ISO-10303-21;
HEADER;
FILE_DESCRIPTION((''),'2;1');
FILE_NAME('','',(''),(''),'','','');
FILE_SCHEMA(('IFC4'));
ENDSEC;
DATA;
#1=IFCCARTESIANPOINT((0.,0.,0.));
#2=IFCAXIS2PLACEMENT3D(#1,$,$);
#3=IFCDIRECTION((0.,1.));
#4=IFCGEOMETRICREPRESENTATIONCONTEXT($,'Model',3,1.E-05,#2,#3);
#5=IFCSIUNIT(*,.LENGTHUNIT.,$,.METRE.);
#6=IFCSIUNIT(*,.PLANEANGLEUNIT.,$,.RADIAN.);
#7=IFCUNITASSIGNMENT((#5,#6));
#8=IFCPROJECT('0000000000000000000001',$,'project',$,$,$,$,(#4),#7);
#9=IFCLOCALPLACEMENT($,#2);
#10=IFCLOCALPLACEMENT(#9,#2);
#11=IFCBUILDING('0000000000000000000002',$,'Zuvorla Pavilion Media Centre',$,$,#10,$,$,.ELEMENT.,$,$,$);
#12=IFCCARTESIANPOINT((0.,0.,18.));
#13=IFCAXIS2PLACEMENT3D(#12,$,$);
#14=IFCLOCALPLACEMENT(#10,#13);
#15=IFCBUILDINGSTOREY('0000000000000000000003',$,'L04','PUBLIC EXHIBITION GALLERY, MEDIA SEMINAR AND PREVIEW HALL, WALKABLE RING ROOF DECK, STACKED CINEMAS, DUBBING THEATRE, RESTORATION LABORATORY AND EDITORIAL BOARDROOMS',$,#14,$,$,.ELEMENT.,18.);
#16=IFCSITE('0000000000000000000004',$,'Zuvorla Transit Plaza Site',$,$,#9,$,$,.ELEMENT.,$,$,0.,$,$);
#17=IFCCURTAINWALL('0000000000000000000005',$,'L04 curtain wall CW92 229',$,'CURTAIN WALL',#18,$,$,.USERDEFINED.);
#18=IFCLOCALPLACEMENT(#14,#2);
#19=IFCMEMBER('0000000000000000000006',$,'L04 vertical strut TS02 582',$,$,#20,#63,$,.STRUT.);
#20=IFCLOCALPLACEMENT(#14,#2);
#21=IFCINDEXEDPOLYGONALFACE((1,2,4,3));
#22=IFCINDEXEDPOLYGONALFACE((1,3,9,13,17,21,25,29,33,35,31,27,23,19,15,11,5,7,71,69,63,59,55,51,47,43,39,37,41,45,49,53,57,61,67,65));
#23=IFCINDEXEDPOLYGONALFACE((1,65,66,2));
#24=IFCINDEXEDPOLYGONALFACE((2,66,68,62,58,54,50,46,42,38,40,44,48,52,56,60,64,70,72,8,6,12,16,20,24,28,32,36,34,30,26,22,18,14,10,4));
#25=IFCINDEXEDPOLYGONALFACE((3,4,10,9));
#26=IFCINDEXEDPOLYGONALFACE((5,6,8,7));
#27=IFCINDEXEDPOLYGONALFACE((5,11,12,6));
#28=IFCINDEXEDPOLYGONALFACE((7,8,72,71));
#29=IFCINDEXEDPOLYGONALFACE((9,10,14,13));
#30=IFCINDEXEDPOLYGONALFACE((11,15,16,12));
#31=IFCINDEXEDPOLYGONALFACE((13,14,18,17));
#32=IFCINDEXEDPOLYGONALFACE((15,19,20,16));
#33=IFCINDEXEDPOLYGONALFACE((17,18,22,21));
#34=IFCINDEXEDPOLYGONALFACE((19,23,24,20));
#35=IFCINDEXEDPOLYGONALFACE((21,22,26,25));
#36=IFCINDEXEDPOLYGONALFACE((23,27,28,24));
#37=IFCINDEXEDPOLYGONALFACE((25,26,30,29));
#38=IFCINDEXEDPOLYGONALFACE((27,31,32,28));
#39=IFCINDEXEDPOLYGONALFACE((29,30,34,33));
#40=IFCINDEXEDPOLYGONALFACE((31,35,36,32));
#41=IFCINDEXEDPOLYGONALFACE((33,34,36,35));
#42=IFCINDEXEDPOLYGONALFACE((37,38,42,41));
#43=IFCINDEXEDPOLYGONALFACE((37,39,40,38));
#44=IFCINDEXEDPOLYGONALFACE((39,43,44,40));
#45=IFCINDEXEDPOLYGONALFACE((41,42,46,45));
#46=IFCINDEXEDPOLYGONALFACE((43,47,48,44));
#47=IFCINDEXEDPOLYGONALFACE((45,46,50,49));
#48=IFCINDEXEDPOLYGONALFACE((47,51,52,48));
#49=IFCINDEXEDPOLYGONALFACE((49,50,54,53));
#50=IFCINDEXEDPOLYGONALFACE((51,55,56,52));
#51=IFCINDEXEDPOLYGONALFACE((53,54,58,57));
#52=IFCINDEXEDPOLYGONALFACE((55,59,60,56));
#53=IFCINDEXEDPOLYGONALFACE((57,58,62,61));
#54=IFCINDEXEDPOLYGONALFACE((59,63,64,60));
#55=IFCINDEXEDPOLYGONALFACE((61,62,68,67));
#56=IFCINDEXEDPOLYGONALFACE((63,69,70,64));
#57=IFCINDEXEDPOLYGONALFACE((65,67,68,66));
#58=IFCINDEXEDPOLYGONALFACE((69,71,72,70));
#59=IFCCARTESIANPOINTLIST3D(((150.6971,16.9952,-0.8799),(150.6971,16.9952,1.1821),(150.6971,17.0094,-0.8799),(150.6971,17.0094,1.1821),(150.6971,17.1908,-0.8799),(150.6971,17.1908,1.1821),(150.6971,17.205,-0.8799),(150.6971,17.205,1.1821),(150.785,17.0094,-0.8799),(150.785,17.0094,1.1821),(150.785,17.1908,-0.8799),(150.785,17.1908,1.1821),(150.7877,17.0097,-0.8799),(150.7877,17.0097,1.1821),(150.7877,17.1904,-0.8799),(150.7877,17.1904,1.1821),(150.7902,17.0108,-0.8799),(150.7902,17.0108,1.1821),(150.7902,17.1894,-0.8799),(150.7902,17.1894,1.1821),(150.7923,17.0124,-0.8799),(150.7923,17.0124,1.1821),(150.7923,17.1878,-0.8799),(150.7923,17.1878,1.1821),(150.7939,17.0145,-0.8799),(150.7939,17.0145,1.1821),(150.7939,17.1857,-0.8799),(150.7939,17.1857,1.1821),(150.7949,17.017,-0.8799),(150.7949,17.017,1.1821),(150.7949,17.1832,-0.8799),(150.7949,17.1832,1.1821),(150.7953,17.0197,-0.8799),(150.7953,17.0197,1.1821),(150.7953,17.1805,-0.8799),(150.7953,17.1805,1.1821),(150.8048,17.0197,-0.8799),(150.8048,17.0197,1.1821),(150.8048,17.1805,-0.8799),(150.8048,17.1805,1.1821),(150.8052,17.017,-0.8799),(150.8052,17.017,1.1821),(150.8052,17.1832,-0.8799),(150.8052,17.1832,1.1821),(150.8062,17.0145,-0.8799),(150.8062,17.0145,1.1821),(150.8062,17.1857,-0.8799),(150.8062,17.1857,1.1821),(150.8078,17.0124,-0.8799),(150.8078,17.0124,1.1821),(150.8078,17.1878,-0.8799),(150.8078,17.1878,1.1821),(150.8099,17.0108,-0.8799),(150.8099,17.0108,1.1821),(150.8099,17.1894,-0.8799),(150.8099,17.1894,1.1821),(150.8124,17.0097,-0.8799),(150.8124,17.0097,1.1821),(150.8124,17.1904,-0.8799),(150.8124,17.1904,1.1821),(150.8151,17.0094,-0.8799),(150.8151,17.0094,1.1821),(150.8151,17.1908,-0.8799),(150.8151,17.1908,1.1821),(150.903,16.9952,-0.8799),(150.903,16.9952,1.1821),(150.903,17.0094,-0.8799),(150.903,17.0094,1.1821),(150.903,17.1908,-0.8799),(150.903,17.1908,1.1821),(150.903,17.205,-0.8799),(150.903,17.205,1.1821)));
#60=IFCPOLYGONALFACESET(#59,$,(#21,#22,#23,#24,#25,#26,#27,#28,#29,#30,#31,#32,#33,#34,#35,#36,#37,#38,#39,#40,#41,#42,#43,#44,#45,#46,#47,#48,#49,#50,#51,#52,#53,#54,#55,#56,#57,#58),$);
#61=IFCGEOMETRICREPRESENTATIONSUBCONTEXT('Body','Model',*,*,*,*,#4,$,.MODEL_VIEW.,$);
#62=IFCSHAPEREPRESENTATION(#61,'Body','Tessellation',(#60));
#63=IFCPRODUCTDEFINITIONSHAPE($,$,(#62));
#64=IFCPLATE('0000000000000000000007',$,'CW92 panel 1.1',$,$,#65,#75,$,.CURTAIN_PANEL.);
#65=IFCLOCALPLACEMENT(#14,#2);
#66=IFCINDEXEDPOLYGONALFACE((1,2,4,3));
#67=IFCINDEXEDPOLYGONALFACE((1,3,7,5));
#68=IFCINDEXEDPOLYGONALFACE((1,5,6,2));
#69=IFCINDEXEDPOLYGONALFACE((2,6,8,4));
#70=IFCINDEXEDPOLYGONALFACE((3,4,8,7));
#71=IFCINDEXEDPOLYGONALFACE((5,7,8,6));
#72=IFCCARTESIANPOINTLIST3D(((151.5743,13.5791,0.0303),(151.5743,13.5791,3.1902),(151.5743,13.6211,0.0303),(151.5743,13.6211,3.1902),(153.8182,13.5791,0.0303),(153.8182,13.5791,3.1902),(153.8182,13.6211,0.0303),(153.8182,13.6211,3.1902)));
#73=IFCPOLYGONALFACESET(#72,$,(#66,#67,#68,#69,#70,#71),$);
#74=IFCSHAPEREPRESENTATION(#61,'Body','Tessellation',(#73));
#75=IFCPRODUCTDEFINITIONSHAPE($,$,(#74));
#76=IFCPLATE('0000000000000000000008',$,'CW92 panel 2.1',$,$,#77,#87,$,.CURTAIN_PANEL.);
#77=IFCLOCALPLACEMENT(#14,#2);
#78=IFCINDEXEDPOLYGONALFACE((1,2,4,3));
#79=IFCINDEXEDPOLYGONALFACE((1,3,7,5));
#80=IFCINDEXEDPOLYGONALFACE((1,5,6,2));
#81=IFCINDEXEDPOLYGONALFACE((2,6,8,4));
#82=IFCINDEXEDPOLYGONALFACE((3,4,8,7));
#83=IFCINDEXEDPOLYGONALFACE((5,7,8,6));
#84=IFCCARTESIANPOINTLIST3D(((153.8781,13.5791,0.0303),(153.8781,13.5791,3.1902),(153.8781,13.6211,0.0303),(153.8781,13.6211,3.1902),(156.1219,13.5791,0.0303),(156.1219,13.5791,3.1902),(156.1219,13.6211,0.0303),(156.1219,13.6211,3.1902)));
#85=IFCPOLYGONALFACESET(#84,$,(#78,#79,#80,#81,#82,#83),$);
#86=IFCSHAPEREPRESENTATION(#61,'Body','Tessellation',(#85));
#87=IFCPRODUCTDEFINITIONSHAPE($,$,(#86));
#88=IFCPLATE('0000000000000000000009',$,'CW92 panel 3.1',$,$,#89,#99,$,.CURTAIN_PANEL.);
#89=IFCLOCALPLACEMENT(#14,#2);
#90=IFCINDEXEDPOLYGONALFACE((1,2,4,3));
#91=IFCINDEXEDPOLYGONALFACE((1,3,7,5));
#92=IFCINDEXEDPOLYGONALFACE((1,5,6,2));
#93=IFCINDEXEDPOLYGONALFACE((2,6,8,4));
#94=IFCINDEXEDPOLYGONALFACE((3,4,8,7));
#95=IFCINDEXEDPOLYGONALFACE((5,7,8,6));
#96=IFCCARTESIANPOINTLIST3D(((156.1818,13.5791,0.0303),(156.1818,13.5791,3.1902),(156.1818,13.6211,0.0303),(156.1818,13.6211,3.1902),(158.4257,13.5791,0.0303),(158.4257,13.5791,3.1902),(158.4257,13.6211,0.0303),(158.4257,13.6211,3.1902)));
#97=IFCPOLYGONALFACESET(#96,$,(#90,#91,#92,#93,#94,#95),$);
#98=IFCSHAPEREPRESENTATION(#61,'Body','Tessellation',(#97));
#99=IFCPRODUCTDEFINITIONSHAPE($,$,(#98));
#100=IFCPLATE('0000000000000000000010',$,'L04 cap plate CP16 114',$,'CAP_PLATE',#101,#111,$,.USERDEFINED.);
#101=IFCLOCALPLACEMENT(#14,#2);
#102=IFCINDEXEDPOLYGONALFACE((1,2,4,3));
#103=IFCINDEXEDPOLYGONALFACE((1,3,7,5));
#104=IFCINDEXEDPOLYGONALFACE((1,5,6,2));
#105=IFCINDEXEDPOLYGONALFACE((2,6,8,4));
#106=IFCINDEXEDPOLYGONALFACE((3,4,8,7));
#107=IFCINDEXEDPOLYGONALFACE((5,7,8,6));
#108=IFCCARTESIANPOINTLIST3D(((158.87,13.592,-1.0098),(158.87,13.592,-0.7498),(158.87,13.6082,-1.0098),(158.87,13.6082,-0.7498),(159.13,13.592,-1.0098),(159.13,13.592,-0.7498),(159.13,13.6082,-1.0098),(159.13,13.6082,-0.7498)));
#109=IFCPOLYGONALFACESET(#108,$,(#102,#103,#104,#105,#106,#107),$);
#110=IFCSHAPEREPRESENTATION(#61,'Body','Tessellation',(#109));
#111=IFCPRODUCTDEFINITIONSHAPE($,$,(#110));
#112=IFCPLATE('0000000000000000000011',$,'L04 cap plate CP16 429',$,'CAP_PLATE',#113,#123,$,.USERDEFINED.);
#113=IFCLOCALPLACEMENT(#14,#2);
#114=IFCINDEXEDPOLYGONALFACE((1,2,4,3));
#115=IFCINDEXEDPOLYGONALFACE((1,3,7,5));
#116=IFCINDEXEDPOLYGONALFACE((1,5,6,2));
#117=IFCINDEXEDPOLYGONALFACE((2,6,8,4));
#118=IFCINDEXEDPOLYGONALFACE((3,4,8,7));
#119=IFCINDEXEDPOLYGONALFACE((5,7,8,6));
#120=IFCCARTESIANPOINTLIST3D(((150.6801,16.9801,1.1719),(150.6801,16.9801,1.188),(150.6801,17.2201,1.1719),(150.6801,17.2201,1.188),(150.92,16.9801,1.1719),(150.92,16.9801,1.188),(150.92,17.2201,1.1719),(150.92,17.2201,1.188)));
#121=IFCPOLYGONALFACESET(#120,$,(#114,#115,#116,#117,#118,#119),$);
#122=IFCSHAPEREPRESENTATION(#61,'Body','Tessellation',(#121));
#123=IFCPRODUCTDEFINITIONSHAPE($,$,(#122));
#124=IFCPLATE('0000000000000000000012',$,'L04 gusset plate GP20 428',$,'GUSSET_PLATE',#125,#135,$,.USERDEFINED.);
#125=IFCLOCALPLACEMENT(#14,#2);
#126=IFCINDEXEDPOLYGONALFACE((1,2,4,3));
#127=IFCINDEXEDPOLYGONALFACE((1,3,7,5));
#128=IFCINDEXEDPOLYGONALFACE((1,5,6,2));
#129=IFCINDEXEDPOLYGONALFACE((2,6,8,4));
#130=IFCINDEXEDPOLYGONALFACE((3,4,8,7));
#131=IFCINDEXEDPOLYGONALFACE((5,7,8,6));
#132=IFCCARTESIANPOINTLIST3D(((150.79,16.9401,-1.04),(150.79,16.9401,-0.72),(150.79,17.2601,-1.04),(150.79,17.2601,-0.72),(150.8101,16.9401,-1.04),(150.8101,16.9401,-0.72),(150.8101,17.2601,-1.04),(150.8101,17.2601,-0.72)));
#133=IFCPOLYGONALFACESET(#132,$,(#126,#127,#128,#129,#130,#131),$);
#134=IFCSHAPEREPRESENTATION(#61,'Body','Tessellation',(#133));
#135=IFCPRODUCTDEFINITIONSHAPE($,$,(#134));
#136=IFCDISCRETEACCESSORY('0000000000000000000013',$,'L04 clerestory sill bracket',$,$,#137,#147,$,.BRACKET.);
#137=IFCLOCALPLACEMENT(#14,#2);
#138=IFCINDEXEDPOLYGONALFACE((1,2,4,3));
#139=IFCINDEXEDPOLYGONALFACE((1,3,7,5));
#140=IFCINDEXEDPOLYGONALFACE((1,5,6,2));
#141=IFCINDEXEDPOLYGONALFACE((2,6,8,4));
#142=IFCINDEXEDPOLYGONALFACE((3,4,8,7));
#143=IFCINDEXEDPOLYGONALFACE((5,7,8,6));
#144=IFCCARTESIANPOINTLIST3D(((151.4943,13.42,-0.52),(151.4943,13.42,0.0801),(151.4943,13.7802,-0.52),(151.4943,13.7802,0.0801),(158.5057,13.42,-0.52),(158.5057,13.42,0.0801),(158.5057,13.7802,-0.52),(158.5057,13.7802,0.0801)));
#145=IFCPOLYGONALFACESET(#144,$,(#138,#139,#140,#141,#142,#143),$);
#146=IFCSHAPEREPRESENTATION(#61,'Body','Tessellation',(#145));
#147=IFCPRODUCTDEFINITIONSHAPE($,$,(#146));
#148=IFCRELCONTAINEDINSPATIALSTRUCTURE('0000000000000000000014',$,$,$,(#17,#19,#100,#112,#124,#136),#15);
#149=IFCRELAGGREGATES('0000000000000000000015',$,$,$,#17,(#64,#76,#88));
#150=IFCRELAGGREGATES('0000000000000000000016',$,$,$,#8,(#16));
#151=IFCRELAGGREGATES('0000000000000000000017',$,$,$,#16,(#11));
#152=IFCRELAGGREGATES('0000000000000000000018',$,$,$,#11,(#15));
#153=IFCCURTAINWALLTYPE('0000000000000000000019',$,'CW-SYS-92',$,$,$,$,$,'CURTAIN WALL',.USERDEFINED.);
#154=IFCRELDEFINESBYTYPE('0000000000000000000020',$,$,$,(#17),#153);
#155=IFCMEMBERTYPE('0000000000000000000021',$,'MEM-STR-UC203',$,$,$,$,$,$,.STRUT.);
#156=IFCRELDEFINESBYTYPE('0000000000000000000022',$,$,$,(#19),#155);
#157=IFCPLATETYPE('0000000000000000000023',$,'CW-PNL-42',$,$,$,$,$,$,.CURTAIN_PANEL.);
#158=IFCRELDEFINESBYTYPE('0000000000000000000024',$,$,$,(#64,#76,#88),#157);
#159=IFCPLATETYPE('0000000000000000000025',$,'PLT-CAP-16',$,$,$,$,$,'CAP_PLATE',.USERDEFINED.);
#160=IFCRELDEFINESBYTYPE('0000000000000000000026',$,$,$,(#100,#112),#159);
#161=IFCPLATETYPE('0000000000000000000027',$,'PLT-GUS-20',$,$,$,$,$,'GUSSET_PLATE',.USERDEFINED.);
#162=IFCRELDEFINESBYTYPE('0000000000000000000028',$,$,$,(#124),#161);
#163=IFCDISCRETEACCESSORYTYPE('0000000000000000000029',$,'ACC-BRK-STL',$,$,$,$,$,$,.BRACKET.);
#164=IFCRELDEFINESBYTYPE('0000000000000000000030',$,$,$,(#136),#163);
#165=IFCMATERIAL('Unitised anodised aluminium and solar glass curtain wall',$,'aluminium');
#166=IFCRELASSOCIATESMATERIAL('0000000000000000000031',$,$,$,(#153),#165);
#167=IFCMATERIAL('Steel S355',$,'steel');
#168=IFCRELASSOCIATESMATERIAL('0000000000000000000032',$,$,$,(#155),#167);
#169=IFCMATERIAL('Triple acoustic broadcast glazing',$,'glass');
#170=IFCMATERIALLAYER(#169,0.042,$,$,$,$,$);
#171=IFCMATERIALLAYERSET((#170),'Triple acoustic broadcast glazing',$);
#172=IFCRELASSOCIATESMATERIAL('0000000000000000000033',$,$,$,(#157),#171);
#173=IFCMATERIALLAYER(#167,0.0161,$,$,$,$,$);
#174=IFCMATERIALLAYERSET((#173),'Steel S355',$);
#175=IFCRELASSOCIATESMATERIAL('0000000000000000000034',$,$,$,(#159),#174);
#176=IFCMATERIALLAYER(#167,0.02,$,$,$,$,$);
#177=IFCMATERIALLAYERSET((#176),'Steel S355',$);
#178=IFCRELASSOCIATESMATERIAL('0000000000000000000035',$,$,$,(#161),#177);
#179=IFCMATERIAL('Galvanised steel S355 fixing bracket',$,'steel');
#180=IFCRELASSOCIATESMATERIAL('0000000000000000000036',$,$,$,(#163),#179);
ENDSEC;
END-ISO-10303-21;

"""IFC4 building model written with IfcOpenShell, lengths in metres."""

from ifc_helpers import new_model, si_unit, direction, frame, origin, origin_2d, place, context, subcontext, project, spatial, rectangle, i_section, extrude, material, layer, layer_set, material_profile, profile_set, type_object, element, aggregate, save


model = new_model("IFC4")

# Units and contexts
model_context = context("Model", 3, precision=1e-05, world=origin(), true_north=direction((0.0, 1.0)))
body_context = subcontext(model_context, "Body", "Model", "MODEL_VIEW")
ifc_project = project(units=[si_unit("LENGTHUNIT", "METRE"), si_unit("PLANEANGLEUNIT", "RADIAN")], contexts=[model_context])

# Site, building, storey
site_placement = place(None, origin())
site = spatial("IfcSite", under=ifc_project, at=site_placement, Name="Zuvorla Transit Plaza Site", CompositionType="ELEMENT", RefElevation=0.0)
building_placement = place(site_placement, origin())
building = spatial("IfcBuilding", under=site, at=building_placement, Name="Zuvorla Pavilion Media Centre", CompositionType="ELEMENT")
storey_placement = place(building_placement, frame((0.0, 0.0, 18.0)))
storey = spatial("IfcBuildingStorey", under=building, at=storey_placement, Name="L04", Description="PUBLIC EXHIBITION GALLERY, MEDIA SEMINAR AND PREVIEW HALL, WALKABLE RING ROOF DECK, STACKED CINEMAS, DUBBING THEATRE, RESTORATION LABORATORY AND EDITORIAL BOARDROOMS", CompositionType="ELEMENT", Elevation=18.0)

# Curtain wall
ifc_material_1 = material(Name="Unitised anodised aluminium and solar glass curtain wall", Category="aluminium")
curtain_wall_type = type_object("IfcCurtainWallType", Name="CW-SYS-92", ElementType="CURTAIN WALL", PredefinedType="USERDEFINED", material=ifc_material_1)
curtain_wall_placement = place(storey_placement, origin())
curtain_wall = element("IfcCurtainWall", 1, at=curtain_wall_placement, inside=storey, type_object=curtain_wall_type, Name="L04 curtain wall CW92 229", ObjectType="CURTAIN WALL", PredefinedType="USERDEFINED")

# Member
ifc_material_2 = material(Name="Steel S355", Category="steel")
ifc_material_profile_1 = material_profile(ifc_material_2, i_section(OverallWidth=0.2058, OverallDepth=0.2097, WebThickness=0.0095, FlangeThickness=0.0142, FilletRadius=0.0103, at=origin_2d()), Name="UC 203x203x60")
ifc_profile_set_1 = profile_set([ifc_material_profile_1], Name="Steel S355")
member_type_1 = type_object("IfcMemberType", Name="MEM-STR-UC203", PredefinedType="STRUT", material=ifc_profile_set_1)
member_1_placement = place(storey_placement, frame((150.8, 17.1001, -0.8799), z_axis=(0.0, 0.0, 1.0), x_axis=(1.0, 0.0, 0.0)))
element("IfcMember", 2, at=member_1_placement, inside=storey, type_object=member_type_1, Name="L04 vertical strut TS02 582", PredefinedType="STRUT", context=body_context, shape_type="SweptSolid", body=[
    extrude(i_section(OverallWidth=0.2058, OverallDepth=0.2097, WebThickness=0.0095, FlangeThickness=0.0142, FilletRadius=0.0103, at=origin_2d()), origin(), (0.0, 0.0, 1.0), 2.062),
])

# Plates
ifc_material_3 = material(Name="Triple acoustic broadcast glazing", Category="glass")
ifc_layer_1 = layer(ifc_material_3, 0.042)
ifc_layer_set_1 = layer_set([ifc_layer_1], Name="Triple acoustic broadcast glazing")
plate_type_1 = type_object("IfcPlateType", Name="CW-PNL-42", PredefinedType="CURTAIN_PANEL", material=ifc_layer_set_1)
plate_1_placement = place(storey_placement, frame((152.6963, 13.6001, 0.0303), z_axis=(0.0, 0.0, 1.0), x_axis=(1.0, 0.0, 0.0)))
plate_1 = element("IfcPlate", 3, at=plate_1_placement, type_object=plate_type_1, Name="CW92 panel 1.1", PredefinedType="CURTAIN_PANEL", context=body_context, shape_type="SweptSolid", body=[
    extrude(rectangle(XDim=2.2439, YDim=0.042, at=origin_2d()), origin(), (0.0, 0.0, 1.0), 3.1599),
])
plate_2_placement = place(storey_placement, frame((155.0, 13.6001, 0.0303), z_axis=(0.0, 0.0, 1.0), x_axis=(1.0, 0.0, 0.0)))
plate_2 = element("IfcPlate", 4, at=plate_2_placement, type_object=plate_type_1, Name="CW92 panel 2.1", PredefinedType="CURTAIN_PANEL", context=body_context, shape_type="SweptSolid", body=[
    extrude(rectangle(XDim=2.2439, YDim=0.042, at=origin_2d()), origin(), (0.0, 0.0, 1.0), 3.1599),
])
plate_3_placement = place(storey_placement, frame((157.3037, 13.6001, 0.0303), z_axis=(0.0, 0.0, 1.0), x_axis=(1.0, 0.0, 0.0)))
plate_3 = element("IfcPlate", 5, at=plate_3_placement, type_object=plate_type_1, Name="CW92 panel 3.1", PredefinedType="CURTAIN_PANEL", context=body_context, shape_type="SweptSolid", body=[
    extrude(rectangle(XDim=2.2439, YDim=0.042, at=origin_2d()), origin(), (0.0, 0.0, 1.0), 3.1599),
])
aggregate(curtain_wall, [plate_1, plate_2, plate_3])

# Plates
ifc_layer_2 = layer(ifc_material_2, 0.0161)
ifc_layer_set_2 = layer_set([ifc_layer_2], Name="Steel S355")
plate_type_2 = type_object("IfcPlateType", Name="PLT-CAP-16", ElementType="CAP_PLATE", PredefinedType="USERDEFINED", material=ifc_layer_set_2)
plate_4_placement = place(storey_placement, frame((159.0, 13.6001, -1.0098), z_axis=(0.0, 0.0, 1.0), x_axis=(1.0, 0.0, 0.0)))
element("IfcPlate", 6, at=plate_4_placement, inside=storey, type_object=plate_type_2, Name="L04 cap plate CP16 114", ObjectType="CAP_PLATE", PredefinedType="USERDEFINED", context=body_context, shape_type="SweptSolid", body=[
    extrude(rectangle(XDim=0.26, YDim=0.0161, at=origin_2d()), origin(), (0.0, 0.0, 1.0), 0.26),
])
plate_5_placement = place(storey_placement, frame((150.8, 17.1001, 1.1719), z_axis=(0.0, 0.0, 1.0), x_axis=(1.0, 0.0, 0.0)))
element("IfcPlate", 7, at=plate_5_placement, inside=storey, type_object=plate_type_2, Name="L04 cap plate CP16 429", ObjectType="CAP_PLATE", PredefinedType="USERDEFINED", context=body_context, shape_type="SweptSolid", body=[
    extrude(rectangle(XDim=0.24, YDim=0.24, at=origin_2d()), origin(), (0.0, 0.0, 1.0), 0.0161),
])
ifc_layer_3 = layer(ifc_material_2, 0.02)
ifc_layer_set_3 = layer_set([ifc_layer_3], Name="Steel S355")
plate_type_3 = type_object("IfcPlateType", Name="PLT-GUS-20", ElementType="GUSSET_PLATE", PredefinedType="USERDEFINED", material=ifc_layer_set_3)
plate_6_placement = place(storey_placement, frame((150.8, 17.1001, -1.04), z_axis=(0.0, 0.0, 1.0), x_axis=(1.0, 0.0, 0.0)))
element("IfcPlate", 8, at=plate_6_placement, inside=storey, type_object=plate_type_3, Name="L04 gusset plate GP20 428", ObjectType="GUSSET_PLATE", PredefinedType="USERDEFINED", context=body_context, shape_type="SweptSolid", body=[
    extrude(rectangle(XDim=0.02, YDim=0.3201, at=origin_2d()), origin(), (0.0, 0.0, 1.0), 0.3201),
])

# Discrete accessory
ifc_material_4 = material(Name="Galvanised steel S355 fixing bracket", Category="steel")
discrete_accessory_type = type_object("IfcDiscreteAccessoryType", Name="ACC-BRK-STL", PredefinedType="BRACKET", material=ifc_material_4)
discrete_accessory_placement = place(storey_placement, frame((155.0, 13.6001, -0.52), z_axis=(0.0, 0.0, 1.0), x_axis=(1.0, 0.0, 0.0)))
element("IfcDiscreteAccessory", 9, at=discrete_accessory_placement, inside=storey, type_object=discrete_accessory_type, Name="L04 clerestory sill bracket", PredefinedType="BRACKET", context=body_context, shape_type="SweptSolid", body=[
    extrude(rectangle(XDim=7.0115, YDim=0.3601, at=origin_2d()), origin(), (0.0, 0.0, 1.0), 0.6001),
])

save(model, "model.ifc")
